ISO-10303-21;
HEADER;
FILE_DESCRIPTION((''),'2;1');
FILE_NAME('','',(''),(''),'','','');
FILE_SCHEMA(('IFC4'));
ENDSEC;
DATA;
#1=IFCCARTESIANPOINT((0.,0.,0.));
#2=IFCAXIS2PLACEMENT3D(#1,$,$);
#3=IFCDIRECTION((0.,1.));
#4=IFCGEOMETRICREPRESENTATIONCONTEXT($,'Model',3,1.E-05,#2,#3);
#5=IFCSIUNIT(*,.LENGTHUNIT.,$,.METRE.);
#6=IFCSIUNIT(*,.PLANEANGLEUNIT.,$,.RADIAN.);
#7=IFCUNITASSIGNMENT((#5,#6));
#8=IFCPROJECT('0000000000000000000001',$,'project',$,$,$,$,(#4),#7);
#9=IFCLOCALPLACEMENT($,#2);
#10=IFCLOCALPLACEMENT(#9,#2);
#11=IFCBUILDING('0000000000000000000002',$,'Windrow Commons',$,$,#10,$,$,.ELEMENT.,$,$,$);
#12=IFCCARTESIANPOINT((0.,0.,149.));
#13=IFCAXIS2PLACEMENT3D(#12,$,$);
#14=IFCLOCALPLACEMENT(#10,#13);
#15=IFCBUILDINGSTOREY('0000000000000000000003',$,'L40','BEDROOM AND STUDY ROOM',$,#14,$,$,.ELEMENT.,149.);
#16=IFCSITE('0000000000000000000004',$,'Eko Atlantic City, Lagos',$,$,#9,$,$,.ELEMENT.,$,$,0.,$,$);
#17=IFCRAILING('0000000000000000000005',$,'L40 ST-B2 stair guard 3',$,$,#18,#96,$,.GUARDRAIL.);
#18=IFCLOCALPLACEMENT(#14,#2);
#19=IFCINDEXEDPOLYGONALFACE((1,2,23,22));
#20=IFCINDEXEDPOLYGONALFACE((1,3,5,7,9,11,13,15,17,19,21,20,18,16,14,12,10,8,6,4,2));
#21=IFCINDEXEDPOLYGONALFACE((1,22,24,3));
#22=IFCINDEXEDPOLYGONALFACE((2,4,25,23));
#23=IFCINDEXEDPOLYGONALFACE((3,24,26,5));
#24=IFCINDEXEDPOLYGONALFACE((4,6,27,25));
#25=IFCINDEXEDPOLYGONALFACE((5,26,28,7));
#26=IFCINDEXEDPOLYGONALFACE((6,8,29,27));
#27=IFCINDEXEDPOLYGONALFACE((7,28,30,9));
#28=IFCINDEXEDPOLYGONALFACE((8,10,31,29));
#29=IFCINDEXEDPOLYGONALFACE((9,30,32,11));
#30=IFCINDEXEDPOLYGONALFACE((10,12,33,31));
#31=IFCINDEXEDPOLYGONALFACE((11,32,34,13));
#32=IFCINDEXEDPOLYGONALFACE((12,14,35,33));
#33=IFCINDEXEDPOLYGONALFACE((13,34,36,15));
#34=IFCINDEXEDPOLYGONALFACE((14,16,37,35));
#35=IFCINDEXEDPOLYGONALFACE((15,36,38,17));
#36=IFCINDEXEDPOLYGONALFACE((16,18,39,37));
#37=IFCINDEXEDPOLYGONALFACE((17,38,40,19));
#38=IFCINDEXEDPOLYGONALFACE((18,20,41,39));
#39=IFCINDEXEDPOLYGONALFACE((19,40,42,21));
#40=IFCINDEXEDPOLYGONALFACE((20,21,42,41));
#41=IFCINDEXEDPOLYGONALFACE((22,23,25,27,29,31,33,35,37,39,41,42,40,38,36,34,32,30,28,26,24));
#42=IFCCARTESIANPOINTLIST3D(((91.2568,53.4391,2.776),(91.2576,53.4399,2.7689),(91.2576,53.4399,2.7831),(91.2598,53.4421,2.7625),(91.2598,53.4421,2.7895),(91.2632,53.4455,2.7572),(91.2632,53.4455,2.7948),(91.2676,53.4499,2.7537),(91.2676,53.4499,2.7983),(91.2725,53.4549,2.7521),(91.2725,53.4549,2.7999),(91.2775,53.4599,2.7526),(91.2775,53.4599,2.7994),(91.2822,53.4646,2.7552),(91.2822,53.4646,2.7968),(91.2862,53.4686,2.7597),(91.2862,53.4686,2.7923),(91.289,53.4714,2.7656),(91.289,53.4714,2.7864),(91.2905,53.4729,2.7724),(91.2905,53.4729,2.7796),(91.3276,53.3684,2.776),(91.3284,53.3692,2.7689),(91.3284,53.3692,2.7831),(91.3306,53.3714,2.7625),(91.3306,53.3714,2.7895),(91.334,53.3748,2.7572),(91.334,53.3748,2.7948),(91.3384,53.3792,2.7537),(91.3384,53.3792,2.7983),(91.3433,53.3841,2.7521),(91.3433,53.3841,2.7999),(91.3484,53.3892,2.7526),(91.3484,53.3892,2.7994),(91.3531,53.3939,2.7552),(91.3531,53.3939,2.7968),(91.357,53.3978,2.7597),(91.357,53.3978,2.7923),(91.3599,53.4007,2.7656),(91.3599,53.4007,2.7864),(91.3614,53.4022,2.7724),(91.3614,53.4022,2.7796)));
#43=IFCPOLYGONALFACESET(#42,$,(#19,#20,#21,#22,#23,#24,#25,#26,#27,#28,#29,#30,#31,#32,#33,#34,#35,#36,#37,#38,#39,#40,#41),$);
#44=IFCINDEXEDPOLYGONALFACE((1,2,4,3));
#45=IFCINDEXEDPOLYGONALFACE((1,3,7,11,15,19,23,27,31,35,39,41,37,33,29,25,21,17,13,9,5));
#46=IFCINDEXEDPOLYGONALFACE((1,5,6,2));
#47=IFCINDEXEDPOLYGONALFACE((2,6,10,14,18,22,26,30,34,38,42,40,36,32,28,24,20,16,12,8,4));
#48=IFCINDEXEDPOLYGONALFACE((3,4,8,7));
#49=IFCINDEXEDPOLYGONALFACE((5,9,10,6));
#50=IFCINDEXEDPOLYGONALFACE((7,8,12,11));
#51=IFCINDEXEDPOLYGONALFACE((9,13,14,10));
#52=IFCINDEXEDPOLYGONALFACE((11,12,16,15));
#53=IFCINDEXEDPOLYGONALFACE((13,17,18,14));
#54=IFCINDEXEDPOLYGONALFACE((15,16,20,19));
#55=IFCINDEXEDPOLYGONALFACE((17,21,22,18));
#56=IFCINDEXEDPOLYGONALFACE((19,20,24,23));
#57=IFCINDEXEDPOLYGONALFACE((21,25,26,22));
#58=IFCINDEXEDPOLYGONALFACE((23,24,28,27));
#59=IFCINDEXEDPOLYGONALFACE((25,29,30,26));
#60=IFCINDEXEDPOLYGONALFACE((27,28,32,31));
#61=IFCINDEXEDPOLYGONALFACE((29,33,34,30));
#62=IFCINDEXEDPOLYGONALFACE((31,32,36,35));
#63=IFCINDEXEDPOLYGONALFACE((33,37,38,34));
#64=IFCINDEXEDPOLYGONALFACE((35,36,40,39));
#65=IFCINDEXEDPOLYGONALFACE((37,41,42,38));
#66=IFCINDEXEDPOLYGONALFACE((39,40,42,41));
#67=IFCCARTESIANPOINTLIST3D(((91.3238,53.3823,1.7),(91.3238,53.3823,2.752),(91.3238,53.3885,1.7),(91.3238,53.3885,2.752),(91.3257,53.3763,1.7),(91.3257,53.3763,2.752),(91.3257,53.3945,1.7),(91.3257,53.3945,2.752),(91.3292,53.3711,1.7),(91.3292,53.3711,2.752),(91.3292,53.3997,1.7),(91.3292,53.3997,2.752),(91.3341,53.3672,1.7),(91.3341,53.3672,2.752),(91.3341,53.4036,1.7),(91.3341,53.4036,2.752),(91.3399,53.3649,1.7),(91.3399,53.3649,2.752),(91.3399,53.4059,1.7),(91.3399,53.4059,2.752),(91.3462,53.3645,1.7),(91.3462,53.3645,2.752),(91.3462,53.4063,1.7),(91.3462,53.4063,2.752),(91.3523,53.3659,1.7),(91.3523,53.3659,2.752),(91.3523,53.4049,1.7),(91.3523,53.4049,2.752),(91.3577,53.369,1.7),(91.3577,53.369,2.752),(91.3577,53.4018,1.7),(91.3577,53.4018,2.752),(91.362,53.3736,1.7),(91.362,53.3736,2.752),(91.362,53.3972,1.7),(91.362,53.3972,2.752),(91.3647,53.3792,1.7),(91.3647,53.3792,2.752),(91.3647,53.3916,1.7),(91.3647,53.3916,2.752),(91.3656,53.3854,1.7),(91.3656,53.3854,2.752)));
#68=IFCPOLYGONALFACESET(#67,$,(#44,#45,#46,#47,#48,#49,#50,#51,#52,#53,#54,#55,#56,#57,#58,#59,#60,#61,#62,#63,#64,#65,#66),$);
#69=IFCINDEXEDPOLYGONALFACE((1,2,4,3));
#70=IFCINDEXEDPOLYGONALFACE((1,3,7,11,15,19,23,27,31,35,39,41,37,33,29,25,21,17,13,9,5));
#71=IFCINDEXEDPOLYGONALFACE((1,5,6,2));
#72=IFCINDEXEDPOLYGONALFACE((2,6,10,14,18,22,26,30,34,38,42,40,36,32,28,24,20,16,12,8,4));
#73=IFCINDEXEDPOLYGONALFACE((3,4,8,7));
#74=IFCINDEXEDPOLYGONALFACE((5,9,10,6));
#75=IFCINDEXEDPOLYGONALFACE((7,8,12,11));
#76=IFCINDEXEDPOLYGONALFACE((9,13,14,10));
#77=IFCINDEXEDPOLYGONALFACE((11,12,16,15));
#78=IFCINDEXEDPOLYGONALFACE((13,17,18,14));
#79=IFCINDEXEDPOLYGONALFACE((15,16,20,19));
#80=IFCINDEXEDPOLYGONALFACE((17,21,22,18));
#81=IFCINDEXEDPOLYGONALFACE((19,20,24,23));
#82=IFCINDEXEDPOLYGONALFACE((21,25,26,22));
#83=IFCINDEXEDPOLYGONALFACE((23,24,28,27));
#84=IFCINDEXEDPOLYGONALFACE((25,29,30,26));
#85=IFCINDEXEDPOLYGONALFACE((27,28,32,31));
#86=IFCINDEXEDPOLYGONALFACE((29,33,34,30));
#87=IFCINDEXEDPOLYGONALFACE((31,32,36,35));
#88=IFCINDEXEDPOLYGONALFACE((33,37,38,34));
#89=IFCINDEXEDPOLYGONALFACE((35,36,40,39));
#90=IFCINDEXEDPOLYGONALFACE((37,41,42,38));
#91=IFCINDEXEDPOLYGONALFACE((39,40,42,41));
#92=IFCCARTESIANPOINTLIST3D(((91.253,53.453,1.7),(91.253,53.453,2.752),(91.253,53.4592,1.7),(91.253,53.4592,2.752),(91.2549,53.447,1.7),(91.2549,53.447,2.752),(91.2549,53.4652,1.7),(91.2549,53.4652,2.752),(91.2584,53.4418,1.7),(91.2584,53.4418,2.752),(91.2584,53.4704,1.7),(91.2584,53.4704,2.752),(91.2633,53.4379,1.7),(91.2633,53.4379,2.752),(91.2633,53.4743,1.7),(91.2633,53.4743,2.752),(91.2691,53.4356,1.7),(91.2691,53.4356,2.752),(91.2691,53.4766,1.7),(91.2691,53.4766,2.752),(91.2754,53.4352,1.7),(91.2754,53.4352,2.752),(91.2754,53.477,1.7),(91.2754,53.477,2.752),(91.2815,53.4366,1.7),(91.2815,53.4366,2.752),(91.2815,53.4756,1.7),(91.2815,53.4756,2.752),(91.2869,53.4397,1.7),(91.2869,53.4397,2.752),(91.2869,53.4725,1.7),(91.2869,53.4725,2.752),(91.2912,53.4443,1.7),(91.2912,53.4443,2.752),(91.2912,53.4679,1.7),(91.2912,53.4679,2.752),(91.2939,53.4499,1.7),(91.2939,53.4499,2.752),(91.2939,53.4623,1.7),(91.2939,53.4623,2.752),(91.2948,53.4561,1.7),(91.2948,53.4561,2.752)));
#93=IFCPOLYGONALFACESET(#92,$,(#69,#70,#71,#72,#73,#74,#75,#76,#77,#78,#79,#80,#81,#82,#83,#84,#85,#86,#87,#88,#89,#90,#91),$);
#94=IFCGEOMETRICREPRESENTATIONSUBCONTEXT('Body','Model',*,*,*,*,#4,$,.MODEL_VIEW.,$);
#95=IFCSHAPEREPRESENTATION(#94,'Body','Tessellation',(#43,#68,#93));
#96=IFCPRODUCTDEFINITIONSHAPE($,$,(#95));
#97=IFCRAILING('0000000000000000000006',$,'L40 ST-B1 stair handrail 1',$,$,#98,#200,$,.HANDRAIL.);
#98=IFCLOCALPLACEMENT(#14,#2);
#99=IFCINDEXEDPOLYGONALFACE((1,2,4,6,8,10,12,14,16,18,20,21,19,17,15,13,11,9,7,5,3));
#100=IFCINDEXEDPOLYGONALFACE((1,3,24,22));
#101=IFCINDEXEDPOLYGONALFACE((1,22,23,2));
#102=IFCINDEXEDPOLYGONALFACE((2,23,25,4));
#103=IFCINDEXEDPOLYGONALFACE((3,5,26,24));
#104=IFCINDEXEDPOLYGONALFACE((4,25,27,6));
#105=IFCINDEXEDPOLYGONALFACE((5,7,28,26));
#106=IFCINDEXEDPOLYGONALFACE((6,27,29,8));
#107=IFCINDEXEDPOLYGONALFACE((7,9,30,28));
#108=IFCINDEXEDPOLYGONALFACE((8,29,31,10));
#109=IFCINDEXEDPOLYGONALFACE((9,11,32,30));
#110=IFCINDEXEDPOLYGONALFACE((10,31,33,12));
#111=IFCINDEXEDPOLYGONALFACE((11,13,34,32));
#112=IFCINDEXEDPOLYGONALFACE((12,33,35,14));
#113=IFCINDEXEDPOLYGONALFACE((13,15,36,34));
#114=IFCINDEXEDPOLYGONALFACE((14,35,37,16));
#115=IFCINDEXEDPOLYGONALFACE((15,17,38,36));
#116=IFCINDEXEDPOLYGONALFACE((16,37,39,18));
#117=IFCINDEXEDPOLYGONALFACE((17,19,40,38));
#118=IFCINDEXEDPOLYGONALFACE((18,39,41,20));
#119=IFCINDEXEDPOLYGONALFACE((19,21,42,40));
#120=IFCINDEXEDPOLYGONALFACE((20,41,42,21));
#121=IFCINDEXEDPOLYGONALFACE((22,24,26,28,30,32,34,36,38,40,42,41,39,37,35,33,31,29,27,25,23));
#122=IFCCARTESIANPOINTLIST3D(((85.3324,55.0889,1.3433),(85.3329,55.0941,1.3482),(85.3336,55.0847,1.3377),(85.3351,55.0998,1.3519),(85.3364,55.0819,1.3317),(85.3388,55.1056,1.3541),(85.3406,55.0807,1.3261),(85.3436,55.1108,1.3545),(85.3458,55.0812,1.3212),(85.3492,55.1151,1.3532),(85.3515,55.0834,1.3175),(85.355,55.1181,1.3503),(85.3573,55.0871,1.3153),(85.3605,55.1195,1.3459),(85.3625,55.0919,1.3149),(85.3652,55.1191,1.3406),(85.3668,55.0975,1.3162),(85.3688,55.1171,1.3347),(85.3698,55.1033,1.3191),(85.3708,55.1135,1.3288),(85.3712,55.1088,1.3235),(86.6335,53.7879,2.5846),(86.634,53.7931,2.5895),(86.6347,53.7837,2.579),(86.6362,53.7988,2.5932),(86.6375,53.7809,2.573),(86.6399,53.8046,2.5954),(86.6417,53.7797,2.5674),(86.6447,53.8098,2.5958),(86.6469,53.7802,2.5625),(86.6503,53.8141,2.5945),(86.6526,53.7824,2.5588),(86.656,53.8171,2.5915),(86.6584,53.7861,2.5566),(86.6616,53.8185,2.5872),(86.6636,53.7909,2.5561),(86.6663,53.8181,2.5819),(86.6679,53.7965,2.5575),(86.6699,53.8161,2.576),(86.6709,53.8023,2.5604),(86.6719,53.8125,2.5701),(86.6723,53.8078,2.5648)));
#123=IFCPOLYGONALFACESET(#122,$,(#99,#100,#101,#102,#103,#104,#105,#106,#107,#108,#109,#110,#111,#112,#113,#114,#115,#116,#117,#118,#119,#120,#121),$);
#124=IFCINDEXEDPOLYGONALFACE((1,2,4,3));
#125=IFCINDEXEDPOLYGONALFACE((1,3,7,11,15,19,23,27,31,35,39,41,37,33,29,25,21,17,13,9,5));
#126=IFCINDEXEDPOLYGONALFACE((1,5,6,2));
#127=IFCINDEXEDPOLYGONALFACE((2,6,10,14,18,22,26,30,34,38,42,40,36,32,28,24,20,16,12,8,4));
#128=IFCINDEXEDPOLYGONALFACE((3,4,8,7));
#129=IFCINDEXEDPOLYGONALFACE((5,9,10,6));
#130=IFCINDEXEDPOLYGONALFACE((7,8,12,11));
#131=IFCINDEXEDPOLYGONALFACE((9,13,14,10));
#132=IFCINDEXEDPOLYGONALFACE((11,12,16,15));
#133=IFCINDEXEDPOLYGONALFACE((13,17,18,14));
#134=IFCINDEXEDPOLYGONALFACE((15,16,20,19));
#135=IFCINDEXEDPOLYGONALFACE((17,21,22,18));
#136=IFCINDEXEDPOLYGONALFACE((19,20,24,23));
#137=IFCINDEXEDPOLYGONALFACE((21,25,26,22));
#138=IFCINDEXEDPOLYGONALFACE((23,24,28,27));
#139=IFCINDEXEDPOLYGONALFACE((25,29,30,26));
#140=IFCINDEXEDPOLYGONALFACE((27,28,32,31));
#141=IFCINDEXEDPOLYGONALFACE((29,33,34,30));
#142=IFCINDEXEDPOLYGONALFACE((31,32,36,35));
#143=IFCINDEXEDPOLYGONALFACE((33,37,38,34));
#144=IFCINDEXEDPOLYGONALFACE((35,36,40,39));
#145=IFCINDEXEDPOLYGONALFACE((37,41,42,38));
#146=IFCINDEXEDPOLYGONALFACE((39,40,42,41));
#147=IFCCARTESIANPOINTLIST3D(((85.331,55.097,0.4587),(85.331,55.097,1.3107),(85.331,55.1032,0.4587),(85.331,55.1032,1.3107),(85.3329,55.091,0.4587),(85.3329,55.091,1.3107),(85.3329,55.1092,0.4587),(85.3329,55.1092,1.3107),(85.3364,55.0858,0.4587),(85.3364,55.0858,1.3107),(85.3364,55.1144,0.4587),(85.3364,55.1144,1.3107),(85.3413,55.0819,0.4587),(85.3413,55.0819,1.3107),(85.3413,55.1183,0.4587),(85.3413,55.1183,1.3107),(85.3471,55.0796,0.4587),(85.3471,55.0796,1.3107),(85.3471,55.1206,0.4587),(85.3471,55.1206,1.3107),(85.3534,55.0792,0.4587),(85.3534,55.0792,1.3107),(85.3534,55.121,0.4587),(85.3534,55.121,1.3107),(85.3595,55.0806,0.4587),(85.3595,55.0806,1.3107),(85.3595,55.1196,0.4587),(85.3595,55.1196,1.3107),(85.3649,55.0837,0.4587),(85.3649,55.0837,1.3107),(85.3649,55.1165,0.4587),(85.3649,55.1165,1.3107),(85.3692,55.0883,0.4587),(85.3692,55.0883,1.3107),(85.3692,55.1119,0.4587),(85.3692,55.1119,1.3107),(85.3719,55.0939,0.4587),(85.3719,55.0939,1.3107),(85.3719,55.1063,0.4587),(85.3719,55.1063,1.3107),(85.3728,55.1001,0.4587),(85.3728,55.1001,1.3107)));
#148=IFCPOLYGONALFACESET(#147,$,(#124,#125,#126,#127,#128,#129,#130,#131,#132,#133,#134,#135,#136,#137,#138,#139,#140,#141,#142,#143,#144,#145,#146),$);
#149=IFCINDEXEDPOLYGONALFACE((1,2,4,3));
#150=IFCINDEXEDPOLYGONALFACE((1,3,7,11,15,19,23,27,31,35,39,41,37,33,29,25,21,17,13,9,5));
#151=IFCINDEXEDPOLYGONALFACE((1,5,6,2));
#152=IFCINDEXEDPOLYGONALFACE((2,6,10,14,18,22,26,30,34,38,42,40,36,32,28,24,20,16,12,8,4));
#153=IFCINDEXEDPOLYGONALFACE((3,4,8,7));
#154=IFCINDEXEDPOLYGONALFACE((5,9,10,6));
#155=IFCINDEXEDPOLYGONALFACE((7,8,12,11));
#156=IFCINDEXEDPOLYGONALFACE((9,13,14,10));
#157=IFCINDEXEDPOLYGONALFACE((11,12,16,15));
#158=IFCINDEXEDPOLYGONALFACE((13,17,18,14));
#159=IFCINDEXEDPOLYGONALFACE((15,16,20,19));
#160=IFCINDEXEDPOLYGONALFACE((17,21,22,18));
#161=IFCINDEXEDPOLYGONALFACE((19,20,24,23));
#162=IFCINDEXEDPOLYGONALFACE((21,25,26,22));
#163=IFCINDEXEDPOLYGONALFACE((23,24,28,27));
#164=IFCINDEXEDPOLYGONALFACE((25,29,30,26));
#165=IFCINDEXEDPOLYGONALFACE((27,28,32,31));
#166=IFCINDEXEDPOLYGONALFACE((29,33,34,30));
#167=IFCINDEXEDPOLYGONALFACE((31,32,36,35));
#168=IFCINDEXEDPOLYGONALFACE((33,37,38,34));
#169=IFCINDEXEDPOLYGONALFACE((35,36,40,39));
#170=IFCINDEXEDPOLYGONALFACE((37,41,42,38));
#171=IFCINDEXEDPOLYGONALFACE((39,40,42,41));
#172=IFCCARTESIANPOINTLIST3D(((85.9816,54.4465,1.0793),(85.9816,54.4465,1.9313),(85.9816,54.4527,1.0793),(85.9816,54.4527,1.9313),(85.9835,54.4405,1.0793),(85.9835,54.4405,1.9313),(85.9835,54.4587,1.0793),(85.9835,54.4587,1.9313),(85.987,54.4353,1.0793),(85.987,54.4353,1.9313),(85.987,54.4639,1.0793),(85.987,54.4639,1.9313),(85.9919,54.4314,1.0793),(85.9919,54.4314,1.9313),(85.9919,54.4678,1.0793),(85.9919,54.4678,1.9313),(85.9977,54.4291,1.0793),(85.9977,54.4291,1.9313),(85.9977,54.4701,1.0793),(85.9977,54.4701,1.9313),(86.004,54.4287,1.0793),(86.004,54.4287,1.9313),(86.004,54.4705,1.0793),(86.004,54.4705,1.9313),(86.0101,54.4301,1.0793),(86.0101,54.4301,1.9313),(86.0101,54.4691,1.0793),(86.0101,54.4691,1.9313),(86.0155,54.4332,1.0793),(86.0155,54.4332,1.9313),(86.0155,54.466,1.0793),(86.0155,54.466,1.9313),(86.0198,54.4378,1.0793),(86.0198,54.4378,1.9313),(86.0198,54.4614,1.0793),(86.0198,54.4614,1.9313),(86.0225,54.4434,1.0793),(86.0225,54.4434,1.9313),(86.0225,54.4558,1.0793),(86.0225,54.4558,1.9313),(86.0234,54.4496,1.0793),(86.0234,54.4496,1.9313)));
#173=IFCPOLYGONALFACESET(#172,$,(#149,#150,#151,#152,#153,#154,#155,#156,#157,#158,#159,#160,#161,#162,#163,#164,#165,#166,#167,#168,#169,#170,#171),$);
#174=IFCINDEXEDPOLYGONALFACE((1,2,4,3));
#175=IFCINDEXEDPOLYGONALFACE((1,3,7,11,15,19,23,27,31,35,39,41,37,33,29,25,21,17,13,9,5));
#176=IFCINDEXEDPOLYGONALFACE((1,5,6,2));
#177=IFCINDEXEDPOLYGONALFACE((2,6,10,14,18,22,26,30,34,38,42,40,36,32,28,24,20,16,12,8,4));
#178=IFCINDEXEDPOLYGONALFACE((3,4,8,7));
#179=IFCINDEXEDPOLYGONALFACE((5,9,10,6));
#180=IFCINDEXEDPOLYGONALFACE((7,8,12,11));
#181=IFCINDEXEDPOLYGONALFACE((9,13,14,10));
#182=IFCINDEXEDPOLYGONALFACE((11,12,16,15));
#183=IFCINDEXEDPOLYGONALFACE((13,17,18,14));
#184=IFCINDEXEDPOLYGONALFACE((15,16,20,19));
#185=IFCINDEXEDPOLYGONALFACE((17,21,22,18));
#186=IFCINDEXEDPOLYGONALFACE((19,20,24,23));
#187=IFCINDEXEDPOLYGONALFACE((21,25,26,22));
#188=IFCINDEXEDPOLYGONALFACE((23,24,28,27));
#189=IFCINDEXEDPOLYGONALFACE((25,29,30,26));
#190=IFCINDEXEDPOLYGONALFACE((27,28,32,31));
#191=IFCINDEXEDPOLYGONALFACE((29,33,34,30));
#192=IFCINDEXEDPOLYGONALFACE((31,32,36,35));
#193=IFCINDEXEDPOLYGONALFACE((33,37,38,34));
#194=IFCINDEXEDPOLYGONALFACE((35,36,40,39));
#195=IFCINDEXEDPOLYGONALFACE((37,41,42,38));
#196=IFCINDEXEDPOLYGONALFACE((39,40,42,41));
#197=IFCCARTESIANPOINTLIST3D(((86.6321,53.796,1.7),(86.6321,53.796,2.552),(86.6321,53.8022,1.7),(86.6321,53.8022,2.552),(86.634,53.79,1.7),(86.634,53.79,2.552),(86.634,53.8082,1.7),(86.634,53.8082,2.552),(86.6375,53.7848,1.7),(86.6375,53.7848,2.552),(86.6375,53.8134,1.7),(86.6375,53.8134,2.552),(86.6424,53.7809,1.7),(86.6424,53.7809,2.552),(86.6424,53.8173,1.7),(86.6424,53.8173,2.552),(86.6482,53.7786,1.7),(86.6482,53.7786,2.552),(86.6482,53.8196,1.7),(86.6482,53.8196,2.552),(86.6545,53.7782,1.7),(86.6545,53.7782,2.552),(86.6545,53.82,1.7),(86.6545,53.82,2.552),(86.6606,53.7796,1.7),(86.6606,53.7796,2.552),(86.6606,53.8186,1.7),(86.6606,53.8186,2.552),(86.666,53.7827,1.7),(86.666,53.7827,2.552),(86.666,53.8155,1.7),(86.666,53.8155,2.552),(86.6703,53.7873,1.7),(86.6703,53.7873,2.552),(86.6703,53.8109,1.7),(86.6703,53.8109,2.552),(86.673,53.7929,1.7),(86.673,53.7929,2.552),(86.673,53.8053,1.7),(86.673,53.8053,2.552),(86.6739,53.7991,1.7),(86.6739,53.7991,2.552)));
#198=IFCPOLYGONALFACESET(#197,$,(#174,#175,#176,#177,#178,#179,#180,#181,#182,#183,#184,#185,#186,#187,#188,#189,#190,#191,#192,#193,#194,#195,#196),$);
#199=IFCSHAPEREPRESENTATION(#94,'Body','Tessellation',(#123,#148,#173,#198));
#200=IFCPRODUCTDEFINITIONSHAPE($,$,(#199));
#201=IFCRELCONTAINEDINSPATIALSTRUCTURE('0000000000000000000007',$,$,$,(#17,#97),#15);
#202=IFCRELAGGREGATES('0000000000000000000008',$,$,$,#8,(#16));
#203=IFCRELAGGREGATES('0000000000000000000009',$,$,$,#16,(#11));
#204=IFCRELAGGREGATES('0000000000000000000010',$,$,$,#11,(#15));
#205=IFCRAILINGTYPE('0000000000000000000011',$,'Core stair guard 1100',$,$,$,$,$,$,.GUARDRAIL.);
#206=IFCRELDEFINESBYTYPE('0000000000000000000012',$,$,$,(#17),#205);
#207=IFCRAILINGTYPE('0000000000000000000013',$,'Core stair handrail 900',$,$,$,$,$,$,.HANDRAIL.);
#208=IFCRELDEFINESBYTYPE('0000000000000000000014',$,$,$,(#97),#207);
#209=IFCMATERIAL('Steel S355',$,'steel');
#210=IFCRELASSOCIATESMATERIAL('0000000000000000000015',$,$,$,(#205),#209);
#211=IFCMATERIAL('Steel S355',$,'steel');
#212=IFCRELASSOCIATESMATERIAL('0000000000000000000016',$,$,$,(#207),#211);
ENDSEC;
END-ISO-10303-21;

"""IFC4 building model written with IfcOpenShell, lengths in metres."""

from ifc_helpers import new_model, si_unit, direction, frame, origin, origin_2d, place, context, subcontext, project, spatial, circle, extrude, material, type_object, element, save


model = new_model("IFC4")

# Units and contexts
model_context = context("Model", 3, precision=1e-05, world=origin(), true_north=direction((0.0, 1.0)))
body_context = subcontext(model_context, "Body", "Model", "MODEL_VIEW")
ifc_project = project(units=[si_unit("LENGTHUNIT", "METRE"), si_unit("PLANEANGLEUNIT", "RADIAN")], contexts=[model_context])

# Site, building, storey
site_placement = place(None, origin())
site = spatial("IfcSite", under=ifc_project, at=site_placement, Name="Eko Atlantic City, Lagos", CompositionType="ELEMENT", RefElevation=0.0)
building_placement = place(site_placement, origin())
building = spatial("IfcBuilding", under=site, at=building_placement, Name="Windrow Commons", CompositionType="ELEMENT")
storey_placement = place(building_placement, frame((0.0, 0.0, 149.0)))
storey = spatial("IfcBuildingStorey", under=building, at=storey_placement, Name="L40", Description="BEDROOM AND STUDY ROOM", CompositionType="ELEMENT", Elevation=149.0)

# Railings
ifc_material_1 = material(Name="Steel S355", Category="steel")
railing_type_1 = type_object("IfcRailingType", Name="Core stair guard 1100", PredefinedType="GUARDRAIL", material=ifc_material_1)
railing_1_placement = place(storey_placement, frame((91.3446, 53.3854, 1.7)))
element("IfcRailing", 1, at=railing_1_placement, inside=storey, type_object=railing_type_1, Name="L40 ST-B2 stair guard 3", PredefinedType="GUARDRAIL", context=body_context, shape_type="SweptSolid", body=[
    extrude(circle(Radius=0.024, at=origin_2d()), frame((0.0, 0.0, 1.076), z_axis=(-0.707606, 0.706607, 0.0), x_axis=(-0.706607, -0.707606, 0.0)), (0.0, 0.0, 1.0), 0.1001),
    extrude(circle(Radius=0.021, at=origin_2d()), origin(), (0.0, 0.0, 1.0), 1.052),
    extrude(circle(Radius=0.021, at=origin_2d()), frame((-0.0708, 0.0707, 0.0)), (0.0, 0.0, 1.0), 1.052),
])
ifc_material_2 = material(Name="Steel S355", Category="steel")
railing_type_2 = type_object("IfcRailingType", Name="Core stair handrail 900", PredefinedType="HANDRAIL", material=ifc_material_2)
railing_2_placement = place(storey_placement, frame((85.3518, 55.1001, 0.4587)))
element("IfcRailing", 2, at=railing_2_placement, inside=storey, type_object=railing_type_2, Name="L40 ST-B1 stair handrail 1", PredefinedType="HANDRAIL", context=body_context, shape_type="SweptSolid", body=[
    extrude(circle(Radius=0.024, at=origin_2d()), frame((0.0, 0.0, 0.876), z_axis=(0.586207, -0.586162, 0.559264), x_axis=(0.70708, 0.707134, 0.0)), (0.0, 0.0, 1.0), 2.2195),
    extrude(circle(Radius=0.021, at=origin_2d()), origin(), (0.0, 0.0, 1.0), 0.852),
    extrude(circle(Radius=0.021, at=origin_2d()), frame((0.6506, -0.6505, 0.6206)), (0.0, 0.0, 1.0), 0.852),
    extrude(circle(Radius=0.021, at=origin_2d()), frame((1.3011, -1.301, 1.2413)), (0.0, 0.0, 1.0), 0.852),
])

save(model, "model.ifc")
